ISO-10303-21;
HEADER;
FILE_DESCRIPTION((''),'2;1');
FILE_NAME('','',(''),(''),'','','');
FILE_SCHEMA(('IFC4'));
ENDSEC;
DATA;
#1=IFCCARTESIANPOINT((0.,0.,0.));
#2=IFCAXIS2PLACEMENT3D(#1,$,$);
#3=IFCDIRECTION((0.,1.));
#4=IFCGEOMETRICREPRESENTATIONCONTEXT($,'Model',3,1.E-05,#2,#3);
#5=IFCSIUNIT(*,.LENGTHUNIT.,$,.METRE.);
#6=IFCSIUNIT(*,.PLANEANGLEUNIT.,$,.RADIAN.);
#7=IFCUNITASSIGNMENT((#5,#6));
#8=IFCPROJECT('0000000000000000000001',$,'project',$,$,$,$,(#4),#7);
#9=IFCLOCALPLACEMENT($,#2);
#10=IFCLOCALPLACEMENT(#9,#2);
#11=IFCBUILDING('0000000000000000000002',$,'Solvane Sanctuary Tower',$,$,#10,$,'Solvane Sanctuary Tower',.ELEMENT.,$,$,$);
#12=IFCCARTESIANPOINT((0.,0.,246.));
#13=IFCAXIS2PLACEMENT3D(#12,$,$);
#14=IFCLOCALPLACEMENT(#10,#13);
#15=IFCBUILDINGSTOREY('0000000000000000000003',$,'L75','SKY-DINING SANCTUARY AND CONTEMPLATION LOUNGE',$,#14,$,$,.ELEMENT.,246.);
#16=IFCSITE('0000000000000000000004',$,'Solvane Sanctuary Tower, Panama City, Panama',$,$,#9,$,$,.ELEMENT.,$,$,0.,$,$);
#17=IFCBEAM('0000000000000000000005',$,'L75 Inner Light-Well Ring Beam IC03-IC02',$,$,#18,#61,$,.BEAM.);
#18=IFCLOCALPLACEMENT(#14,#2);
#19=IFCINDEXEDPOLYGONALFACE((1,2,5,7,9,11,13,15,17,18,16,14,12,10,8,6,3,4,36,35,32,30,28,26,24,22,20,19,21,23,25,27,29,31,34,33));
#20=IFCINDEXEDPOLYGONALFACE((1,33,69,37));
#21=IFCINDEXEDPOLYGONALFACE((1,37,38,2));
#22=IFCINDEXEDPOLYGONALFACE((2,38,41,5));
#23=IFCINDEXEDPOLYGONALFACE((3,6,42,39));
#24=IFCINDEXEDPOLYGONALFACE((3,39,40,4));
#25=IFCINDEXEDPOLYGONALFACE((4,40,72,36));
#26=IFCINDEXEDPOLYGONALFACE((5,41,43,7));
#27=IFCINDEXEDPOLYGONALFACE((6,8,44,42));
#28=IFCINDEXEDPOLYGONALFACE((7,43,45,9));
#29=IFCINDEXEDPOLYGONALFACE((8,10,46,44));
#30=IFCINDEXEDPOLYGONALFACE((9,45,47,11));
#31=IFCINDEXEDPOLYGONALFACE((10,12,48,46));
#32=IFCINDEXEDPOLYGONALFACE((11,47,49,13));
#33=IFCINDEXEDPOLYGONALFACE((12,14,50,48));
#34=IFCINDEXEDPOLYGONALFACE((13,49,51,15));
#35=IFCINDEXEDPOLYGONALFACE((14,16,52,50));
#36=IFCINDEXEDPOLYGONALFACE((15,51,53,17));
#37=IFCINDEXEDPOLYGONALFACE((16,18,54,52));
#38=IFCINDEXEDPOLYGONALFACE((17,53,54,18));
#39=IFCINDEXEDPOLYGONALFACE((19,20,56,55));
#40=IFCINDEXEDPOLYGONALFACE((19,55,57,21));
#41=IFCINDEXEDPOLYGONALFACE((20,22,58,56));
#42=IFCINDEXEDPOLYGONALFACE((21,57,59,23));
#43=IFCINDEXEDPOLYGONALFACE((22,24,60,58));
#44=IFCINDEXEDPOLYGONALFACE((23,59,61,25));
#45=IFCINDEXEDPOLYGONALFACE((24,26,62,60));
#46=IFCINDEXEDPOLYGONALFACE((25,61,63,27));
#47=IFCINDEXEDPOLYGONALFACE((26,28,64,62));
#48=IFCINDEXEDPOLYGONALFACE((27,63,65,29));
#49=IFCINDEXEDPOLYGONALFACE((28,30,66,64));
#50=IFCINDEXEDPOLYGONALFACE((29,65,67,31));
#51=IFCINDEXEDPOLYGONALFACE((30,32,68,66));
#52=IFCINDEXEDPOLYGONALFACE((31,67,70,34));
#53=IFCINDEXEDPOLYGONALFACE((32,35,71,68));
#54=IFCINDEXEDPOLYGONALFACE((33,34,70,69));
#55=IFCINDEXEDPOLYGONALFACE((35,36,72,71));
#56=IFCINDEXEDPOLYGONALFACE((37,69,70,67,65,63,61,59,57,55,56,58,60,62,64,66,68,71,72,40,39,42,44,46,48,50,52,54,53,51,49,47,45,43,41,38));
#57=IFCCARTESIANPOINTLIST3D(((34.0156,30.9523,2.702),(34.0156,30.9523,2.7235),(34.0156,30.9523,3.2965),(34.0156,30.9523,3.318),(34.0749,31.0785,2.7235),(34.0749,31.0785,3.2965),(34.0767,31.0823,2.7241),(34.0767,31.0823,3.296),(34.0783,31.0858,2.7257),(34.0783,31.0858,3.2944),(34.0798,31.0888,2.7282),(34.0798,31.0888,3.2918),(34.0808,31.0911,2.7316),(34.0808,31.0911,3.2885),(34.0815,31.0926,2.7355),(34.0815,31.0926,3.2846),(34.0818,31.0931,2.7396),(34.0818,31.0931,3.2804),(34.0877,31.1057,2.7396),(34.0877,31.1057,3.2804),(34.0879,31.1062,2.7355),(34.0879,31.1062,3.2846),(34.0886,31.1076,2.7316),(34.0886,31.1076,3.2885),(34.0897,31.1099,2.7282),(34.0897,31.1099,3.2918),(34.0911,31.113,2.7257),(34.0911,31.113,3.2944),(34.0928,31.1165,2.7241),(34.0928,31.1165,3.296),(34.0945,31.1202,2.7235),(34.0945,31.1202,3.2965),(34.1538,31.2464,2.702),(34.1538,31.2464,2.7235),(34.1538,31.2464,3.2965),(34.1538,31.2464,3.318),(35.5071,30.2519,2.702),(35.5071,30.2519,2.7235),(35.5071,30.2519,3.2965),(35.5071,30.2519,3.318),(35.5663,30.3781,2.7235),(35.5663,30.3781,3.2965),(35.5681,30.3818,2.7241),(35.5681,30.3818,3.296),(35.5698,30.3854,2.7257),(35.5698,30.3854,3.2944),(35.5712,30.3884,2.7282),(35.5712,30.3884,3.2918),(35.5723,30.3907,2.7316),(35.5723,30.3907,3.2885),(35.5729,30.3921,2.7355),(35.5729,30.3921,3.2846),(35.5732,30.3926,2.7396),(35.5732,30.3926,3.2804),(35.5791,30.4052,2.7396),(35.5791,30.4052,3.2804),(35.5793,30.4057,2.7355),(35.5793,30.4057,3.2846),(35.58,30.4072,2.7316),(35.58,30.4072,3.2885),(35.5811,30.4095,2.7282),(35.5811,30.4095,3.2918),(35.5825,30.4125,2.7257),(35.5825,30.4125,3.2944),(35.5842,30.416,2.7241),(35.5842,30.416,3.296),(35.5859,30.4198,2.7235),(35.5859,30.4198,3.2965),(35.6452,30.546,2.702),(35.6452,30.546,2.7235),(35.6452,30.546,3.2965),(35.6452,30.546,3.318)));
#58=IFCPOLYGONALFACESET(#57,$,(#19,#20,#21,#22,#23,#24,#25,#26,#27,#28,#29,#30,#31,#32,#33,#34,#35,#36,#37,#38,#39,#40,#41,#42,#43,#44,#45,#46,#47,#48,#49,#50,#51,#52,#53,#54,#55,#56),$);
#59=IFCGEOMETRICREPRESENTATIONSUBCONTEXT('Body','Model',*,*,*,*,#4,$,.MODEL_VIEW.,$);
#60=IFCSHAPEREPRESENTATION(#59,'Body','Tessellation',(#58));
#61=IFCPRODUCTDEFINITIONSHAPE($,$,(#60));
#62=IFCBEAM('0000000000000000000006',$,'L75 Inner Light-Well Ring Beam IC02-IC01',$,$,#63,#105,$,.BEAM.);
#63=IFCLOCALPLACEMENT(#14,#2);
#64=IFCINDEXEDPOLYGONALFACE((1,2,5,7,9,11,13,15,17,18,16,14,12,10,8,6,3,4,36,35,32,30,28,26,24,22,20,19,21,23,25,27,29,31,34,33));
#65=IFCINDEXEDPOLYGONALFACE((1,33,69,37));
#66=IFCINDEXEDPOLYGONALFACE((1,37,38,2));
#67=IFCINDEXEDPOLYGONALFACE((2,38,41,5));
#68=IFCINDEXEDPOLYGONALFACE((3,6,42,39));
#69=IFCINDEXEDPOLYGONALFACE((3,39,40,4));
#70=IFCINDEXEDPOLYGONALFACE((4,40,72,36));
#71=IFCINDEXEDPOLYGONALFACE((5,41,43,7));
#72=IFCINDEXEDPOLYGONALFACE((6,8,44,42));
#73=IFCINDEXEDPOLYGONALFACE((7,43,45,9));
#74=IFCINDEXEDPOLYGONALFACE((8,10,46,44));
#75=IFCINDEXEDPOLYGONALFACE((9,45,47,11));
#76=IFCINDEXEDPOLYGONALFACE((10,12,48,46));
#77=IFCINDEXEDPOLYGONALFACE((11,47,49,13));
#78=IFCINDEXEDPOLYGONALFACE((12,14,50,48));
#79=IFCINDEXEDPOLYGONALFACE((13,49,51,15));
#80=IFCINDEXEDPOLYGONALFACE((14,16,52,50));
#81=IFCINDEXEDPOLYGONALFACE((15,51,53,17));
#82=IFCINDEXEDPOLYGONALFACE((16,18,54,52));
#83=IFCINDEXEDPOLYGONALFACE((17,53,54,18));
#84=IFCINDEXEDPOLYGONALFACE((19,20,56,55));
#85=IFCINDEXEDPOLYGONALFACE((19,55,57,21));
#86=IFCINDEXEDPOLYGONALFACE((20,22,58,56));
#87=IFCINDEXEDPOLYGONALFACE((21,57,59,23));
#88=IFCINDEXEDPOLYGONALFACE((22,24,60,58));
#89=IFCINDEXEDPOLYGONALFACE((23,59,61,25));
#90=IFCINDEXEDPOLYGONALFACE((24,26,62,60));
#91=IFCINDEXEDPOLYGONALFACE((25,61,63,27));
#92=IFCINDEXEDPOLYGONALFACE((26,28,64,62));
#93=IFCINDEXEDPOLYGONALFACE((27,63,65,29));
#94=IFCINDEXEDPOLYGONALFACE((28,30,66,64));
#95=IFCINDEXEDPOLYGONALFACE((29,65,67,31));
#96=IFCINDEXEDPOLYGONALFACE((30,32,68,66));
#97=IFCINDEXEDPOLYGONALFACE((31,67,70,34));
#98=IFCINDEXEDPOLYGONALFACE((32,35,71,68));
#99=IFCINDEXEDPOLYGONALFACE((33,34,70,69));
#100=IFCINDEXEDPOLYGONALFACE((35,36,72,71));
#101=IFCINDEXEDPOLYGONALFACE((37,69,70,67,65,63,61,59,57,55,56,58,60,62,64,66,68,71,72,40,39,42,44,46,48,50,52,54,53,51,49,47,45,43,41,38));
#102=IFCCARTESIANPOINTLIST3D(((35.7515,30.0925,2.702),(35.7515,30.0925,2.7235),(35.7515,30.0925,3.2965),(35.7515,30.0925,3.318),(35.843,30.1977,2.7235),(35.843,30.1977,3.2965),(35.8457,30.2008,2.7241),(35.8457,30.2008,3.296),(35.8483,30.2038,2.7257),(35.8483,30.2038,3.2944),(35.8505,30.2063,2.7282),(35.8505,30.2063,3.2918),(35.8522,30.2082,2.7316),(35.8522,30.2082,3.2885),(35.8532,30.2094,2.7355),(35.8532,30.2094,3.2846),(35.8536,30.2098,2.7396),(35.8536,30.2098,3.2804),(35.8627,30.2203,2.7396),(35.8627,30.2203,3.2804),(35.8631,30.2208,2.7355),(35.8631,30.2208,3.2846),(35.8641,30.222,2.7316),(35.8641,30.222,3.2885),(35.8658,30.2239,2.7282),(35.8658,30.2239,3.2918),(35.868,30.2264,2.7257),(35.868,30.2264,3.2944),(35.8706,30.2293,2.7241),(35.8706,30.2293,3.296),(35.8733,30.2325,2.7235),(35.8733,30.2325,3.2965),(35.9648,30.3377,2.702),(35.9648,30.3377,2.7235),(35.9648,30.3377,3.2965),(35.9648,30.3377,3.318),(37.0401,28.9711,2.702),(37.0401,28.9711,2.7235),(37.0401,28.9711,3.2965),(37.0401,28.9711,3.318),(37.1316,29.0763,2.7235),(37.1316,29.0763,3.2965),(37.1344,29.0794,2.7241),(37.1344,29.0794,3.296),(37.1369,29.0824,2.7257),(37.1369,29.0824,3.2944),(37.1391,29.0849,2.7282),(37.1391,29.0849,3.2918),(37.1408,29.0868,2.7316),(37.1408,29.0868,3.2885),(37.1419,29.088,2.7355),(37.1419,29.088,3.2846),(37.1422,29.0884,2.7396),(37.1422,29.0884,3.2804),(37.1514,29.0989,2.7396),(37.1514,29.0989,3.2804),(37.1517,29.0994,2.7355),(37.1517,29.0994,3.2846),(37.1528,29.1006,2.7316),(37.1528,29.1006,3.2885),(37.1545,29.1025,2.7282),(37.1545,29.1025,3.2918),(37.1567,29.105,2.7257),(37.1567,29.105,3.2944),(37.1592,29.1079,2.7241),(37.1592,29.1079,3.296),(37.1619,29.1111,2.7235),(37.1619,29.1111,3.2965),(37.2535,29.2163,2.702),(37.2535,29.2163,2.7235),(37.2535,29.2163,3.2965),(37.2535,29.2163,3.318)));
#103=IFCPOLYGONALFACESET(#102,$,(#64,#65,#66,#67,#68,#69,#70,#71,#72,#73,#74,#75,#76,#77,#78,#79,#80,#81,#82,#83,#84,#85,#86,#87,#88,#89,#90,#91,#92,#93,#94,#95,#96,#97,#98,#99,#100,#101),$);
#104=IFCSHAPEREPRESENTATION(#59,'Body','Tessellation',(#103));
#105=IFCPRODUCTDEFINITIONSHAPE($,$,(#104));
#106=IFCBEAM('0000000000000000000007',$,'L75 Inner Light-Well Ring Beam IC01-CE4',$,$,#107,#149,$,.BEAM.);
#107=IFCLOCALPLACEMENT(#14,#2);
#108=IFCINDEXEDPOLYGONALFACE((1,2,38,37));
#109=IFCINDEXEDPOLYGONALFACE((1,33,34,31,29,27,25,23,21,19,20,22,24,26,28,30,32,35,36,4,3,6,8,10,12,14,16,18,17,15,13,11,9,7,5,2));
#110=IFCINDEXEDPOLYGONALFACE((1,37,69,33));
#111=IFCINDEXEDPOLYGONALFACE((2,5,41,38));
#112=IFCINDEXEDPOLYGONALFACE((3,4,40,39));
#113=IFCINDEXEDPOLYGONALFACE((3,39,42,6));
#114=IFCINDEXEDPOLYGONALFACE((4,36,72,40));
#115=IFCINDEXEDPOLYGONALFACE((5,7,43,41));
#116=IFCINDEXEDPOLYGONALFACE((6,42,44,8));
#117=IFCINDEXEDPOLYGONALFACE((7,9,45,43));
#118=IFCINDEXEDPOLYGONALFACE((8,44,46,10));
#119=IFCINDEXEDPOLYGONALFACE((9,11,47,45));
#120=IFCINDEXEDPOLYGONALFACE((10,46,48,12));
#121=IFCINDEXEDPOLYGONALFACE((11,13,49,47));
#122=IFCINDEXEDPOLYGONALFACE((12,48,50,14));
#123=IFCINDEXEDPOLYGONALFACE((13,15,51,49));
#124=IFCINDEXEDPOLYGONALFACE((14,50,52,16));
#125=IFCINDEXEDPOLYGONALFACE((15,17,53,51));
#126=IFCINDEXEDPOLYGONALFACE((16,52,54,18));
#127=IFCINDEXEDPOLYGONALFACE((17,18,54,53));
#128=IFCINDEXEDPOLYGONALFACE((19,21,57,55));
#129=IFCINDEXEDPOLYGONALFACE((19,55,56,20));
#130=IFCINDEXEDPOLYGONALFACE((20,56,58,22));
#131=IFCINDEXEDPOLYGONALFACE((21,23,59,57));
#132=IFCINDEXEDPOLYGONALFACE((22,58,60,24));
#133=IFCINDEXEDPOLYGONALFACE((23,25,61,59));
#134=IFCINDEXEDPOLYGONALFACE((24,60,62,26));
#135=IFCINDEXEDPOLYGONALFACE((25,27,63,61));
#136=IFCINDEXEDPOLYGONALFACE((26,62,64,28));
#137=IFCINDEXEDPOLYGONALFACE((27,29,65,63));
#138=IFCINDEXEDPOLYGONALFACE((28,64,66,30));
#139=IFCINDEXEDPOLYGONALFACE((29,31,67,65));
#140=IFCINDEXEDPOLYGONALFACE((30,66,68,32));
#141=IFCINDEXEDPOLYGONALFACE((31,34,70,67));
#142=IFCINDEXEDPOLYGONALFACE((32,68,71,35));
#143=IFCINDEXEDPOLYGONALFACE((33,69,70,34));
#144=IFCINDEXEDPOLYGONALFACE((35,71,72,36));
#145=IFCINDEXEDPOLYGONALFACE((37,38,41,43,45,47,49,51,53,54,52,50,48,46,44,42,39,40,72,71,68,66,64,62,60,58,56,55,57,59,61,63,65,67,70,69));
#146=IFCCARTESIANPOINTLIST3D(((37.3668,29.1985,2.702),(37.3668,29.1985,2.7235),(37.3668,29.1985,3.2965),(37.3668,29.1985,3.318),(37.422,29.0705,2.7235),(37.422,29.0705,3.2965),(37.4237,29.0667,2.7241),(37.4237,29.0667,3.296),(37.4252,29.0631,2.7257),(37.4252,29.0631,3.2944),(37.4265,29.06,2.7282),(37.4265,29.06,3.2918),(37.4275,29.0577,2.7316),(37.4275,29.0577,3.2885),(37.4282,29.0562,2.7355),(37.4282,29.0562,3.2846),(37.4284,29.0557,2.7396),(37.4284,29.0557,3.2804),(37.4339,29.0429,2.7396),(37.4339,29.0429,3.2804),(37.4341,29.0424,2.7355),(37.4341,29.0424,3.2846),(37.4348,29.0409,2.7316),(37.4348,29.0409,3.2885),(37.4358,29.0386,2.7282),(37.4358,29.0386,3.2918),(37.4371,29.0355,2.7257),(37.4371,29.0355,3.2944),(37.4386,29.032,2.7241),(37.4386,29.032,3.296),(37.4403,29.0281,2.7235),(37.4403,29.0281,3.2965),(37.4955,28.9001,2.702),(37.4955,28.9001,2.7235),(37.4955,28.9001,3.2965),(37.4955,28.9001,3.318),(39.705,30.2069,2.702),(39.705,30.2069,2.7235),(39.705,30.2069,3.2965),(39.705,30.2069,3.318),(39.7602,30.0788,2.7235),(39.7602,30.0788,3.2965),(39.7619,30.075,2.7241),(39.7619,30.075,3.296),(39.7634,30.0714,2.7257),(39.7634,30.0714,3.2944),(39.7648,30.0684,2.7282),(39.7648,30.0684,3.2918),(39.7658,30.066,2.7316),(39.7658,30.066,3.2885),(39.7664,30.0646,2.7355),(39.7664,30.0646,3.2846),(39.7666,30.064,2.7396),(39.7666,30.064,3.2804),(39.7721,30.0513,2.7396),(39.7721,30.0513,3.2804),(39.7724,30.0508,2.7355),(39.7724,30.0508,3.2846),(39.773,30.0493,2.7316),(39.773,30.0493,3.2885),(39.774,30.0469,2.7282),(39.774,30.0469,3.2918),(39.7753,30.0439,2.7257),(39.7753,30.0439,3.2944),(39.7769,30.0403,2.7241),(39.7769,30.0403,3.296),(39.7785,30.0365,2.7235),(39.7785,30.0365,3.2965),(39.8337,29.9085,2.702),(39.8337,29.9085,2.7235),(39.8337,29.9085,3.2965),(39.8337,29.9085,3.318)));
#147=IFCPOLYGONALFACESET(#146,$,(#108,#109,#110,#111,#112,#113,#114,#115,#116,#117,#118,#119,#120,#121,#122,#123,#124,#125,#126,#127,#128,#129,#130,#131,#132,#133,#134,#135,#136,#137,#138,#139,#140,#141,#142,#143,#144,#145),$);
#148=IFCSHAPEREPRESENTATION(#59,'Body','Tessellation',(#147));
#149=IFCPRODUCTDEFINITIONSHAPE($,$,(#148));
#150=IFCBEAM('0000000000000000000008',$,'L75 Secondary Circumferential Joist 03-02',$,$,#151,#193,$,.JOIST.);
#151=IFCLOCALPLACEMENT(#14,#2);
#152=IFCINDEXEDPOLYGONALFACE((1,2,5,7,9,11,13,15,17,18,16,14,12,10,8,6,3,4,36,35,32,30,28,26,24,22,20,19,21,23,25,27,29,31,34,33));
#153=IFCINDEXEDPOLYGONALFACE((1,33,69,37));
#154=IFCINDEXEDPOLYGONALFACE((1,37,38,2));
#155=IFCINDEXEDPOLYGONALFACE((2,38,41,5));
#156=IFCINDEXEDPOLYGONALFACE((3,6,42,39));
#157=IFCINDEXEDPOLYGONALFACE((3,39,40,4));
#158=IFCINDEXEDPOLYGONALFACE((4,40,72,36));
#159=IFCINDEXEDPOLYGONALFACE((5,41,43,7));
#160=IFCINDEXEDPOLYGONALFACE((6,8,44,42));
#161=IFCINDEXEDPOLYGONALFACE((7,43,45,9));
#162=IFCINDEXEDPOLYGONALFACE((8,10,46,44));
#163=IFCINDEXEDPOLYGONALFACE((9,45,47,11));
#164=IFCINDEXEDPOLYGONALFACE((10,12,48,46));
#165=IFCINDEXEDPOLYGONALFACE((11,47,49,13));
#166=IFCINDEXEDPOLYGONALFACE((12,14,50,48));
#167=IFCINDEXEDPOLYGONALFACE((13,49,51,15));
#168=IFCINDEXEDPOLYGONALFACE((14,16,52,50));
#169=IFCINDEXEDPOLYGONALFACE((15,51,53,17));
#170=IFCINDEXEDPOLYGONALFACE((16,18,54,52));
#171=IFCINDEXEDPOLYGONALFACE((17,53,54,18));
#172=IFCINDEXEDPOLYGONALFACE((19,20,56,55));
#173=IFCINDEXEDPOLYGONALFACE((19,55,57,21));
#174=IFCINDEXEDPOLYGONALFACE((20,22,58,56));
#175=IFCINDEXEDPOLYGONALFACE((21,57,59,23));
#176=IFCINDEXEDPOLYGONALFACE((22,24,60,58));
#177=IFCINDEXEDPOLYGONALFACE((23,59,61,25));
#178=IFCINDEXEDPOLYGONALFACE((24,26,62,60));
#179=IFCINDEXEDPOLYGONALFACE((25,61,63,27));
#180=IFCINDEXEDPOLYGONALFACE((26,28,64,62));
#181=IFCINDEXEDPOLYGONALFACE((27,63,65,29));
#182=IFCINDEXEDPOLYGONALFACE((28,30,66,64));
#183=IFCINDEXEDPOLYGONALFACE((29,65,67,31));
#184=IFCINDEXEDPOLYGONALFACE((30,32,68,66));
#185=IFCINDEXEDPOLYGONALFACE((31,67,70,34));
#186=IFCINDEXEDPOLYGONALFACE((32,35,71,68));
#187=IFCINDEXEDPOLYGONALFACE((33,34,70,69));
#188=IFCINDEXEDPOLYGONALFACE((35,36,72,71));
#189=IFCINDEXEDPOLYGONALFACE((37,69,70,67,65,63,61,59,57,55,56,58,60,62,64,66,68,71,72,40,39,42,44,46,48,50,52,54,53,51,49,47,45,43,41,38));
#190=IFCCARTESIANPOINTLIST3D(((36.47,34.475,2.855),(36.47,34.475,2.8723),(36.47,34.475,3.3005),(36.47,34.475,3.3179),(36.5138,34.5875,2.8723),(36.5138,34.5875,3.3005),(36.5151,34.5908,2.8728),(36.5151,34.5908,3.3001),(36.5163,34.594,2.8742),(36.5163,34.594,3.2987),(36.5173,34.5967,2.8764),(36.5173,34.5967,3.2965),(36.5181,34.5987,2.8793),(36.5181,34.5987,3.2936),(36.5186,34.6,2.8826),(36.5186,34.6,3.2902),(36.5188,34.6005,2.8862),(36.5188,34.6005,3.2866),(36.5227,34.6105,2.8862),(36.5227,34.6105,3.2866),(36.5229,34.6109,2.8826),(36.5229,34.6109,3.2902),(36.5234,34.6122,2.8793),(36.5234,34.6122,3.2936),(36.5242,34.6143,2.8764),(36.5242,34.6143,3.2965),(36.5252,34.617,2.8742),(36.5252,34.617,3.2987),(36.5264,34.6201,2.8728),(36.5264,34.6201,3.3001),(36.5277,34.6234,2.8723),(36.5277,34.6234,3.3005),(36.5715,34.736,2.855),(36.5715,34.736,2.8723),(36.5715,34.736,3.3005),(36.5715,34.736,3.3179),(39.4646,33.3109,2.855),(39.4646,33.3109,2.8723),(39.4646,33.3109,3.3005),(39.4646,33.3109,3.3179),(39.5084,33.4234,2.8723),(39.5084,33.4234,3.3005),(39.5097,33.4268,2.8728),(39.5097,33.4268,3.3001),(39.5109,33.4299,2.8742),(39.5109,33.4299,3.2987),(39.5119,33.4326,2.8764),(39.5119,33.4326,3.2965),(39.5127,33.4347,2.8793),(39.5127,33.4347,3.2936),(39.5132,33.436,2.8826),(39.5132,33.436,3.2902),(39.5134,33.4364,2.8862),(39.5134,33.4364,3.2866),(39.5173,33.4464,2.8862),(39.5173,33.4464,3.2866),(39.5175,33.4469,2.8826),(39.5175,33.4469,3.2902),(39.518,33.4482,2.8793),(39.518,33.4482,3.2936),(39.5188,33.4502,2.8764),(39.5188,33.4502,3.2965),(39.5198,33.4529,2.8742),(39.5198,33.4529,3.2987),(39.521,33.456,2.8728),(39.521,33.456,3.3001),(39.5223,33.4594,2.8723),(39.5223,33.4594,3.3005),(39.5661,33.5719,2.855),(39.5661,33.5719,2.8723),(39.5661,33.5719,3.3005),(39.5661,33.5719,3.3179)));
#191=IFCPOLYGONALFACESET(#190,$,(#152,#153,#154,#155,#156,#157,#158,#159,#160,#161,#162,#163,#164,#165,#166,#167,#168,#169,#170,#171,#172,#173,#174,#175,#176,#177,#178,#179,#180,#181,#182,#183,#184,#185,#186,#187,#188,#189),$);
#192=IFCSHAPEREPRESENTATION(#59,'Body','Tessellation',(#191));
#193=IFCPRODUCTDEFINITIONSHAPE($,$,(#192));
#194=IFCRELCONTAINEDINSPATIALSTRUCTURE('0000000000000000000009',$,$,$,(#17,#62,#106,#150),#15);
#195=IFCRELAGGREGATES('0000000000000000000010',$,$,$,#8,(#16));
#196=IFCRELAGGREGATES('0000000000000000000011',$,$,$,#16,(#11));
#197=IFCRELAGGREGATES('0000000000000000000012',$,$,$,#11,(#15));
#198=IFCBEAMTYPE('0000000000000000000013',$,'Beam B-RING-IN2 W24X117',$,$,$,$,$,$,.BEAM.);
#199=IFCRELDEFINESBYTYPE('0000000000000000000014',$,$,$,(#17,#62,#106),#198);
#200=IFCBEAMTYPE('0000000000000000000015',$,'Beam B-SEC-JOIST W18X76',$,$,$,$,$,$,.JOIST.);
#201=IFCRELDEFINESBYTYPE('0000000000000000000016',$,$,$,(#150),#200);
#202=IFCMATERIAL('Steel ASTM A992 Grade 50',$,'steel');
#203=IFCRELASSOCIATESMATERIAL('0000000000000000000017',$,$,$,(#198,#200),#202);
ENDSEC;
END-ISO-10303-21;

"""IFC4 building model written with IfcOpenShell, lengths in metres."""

from ifc_helpers import new_model, si_unit, direction, frame, origin, origin_2d, place, context, subcontext, project, spatial, i_section, extrude, material, material_profile, profile_set, type_object, element, save


model = new_model("IFC4")

# Units and contexts
model_context = context("Model", 3, precision=1e-05, world=origin(), true_north=direction((0.0, 1.0)))
body_context = subcontext(model_context, "Body", "Model", "MODEL_VIEW")
ifc_project = project(units=[si_unit("LENGTHUNIT", "METRE"), si_unit("PLANEANGLEUNIT", "RADIAN")], contexts=[model_context])

# Site, building, storey
site_placement = place(None, origin())
site = spatial("IfcSite", under=ifc_project, at=site_placement, Name="Solvane Sanctuary Tower, Panama City, Panama", CompositionType="ELEMENT", RefElevation=0.0)
building_placement = place(site_placement, origin())
building = spatial("IfcBuilding", under=site, at=building_placement, Name="Solvane Sanctuary Tower", LongName="Solvane Sanctuary Tower", CompositionType="ELEMENT")
storey_placement = place(building_placement, frame((0.0, 0.0, 246.0)))
storey = spatial("IfcBuildingStorey", under=building, at=storey_placement, Name="L75", Description="SKY-DINING SANCTUARY AND CONTEMPLATION LOUNGE", CompositionType="ELEMENT", Elevation=246.0)

# Beams
ifc_material_1 = material(Name="Steel ASTM A992 Grade 50", Category="steel")
ifc_material_profile_1 = material_profile(ifc_material_1, i_section(OverallWidth=0.325, OverallDepth=0.616, WebThickness=0.0139, FlangeThickness=0.0215, FilletRadius=0.0161, at=origin_2d()), Name="W24X117")
ifc_profile_set_1 = profile_set([ifc_material_profile_1], Name="Steel ASTM A992 Grade 50")
beam_type_1 = type_object("IfcBeamType", Name="Beam B-RING-IN2 W24X117", PredefinedType="BEAM", material=ifc_profile_set_1)
beam_1_placement = place(storey_placement, frame((34.0847, 31.0994, 3.01), z_axis=(0.905151, -0.42509, 0.0), x_axis=(0.42509, 0.905151, 0.0)))
element("IfcBeam", 1, at=beam_1_placement, inside=storey, type_object=beam_type_1, Name="L75 Inner Light-Well Ring Beam IC03-IC02", PredefinedType="BEAM", context=body_context, shape_type="SweptSolid", body=[
    extrude(i_section(OverallWidth=0.325, OverallDepth=0.616, WebThickness=0.0139, FlangeThickness=0.0215, FilletRadius=0.0161, at=origin_2d()), origin(), (0.0, 0.0, 1.0), 1.6477),
])
beam_2_placement = place(storey_placement, frame((35.8582, 30.2151, 3.01), z_axis=(0.754362, -0.656458, 0.0), x_axis=(0.656458, 0.754362, 0.0)))
element("IfcBeam", 2, at=beam_2_placement, inside=storey, type_object=beam_type_1, Name="L75 Inner Light-Well Ring Beam IC02-IC01", PredefinedType="BEAM", context=body_context, shape_type="SweptSolid", body=[
    extrude(i_section(OverallWidth=0.325, OverallDepth=0.616, WebThickness=0.0139, FlangeThickness=0.0215, FilletRadius=0.0161, at=origin_2d()), origin(), (0.0, 0.0, 1.0), 1.7083),
])
beam_3_placement = place(storey_placement, frame((37.4312, 29.0493, 3.01), z_axis=(0.918255, 0.39599, 0.0), x_axis=(-0.39599, 0.918255, 0.0)))
element("IfcBeam", 3, at=beam_3_placement, inside=storey, type_object=beam_type_1, Name="L75 Inner Light-Well Ring Beam IC01-CE4", PredefinedType="BEAM", context=body_context, shape_type="SweptSolid", body=[
    extrude(i_section(OverallWidth=0.325, OverallDepth=0.616, WebThickness=0.0139, FlangeThickness=0.0215, FilletRadius=0.0161, at=origin_2d()), origin(), (0.0, 0.0, 1.0), 2.5464),
])
ifc_material_profile_2 = material_profile(ifc_material_1, i_section(OverallWidth=0.28, OverallDepth=0.4629, WebThickness=0.0107, FlangeThickness=0.0173, FilletRadius=0.0139, at=origin_2d()), Name="W18X76")
ifc_profile_set_2 = profile_set([ifc_material_profile_2], Name="Steel ASTM A992 Grade 50")
beam_type_2 = type_object("IfcBeamType", Name="Beam B-SEC-JOIST W18X76", PredefinedType="JOIST", material=ifc_profile_set_2)
beam_4_placement = place(storey_placement, frame((36.5208, 34.6055, 3.0864), z_axis=(0.932059, -0.362307, 0.0), x_axis=(0.362307, 0.932059, 0.0)))
element("IfcBeam", 4, at=beam_4_placement, inside=storey, type_object=beam_type_2, Name="L75 Secondary Circumferential Joist 03-02", PredefinedType="JOIST", context=body_context, shape_type="SweptSolid", body=[
    extrude(i_section(OverallWidth=0.28, OverallDepth=0.4629, WebThickness=0.0107, FlangeThickness=0.0173, FilletRadius=0.0139, at=origin_2d()), origin(), (0.0, 0.0, 1.0), 3.2129),
])

save(model, "model.ifc")
